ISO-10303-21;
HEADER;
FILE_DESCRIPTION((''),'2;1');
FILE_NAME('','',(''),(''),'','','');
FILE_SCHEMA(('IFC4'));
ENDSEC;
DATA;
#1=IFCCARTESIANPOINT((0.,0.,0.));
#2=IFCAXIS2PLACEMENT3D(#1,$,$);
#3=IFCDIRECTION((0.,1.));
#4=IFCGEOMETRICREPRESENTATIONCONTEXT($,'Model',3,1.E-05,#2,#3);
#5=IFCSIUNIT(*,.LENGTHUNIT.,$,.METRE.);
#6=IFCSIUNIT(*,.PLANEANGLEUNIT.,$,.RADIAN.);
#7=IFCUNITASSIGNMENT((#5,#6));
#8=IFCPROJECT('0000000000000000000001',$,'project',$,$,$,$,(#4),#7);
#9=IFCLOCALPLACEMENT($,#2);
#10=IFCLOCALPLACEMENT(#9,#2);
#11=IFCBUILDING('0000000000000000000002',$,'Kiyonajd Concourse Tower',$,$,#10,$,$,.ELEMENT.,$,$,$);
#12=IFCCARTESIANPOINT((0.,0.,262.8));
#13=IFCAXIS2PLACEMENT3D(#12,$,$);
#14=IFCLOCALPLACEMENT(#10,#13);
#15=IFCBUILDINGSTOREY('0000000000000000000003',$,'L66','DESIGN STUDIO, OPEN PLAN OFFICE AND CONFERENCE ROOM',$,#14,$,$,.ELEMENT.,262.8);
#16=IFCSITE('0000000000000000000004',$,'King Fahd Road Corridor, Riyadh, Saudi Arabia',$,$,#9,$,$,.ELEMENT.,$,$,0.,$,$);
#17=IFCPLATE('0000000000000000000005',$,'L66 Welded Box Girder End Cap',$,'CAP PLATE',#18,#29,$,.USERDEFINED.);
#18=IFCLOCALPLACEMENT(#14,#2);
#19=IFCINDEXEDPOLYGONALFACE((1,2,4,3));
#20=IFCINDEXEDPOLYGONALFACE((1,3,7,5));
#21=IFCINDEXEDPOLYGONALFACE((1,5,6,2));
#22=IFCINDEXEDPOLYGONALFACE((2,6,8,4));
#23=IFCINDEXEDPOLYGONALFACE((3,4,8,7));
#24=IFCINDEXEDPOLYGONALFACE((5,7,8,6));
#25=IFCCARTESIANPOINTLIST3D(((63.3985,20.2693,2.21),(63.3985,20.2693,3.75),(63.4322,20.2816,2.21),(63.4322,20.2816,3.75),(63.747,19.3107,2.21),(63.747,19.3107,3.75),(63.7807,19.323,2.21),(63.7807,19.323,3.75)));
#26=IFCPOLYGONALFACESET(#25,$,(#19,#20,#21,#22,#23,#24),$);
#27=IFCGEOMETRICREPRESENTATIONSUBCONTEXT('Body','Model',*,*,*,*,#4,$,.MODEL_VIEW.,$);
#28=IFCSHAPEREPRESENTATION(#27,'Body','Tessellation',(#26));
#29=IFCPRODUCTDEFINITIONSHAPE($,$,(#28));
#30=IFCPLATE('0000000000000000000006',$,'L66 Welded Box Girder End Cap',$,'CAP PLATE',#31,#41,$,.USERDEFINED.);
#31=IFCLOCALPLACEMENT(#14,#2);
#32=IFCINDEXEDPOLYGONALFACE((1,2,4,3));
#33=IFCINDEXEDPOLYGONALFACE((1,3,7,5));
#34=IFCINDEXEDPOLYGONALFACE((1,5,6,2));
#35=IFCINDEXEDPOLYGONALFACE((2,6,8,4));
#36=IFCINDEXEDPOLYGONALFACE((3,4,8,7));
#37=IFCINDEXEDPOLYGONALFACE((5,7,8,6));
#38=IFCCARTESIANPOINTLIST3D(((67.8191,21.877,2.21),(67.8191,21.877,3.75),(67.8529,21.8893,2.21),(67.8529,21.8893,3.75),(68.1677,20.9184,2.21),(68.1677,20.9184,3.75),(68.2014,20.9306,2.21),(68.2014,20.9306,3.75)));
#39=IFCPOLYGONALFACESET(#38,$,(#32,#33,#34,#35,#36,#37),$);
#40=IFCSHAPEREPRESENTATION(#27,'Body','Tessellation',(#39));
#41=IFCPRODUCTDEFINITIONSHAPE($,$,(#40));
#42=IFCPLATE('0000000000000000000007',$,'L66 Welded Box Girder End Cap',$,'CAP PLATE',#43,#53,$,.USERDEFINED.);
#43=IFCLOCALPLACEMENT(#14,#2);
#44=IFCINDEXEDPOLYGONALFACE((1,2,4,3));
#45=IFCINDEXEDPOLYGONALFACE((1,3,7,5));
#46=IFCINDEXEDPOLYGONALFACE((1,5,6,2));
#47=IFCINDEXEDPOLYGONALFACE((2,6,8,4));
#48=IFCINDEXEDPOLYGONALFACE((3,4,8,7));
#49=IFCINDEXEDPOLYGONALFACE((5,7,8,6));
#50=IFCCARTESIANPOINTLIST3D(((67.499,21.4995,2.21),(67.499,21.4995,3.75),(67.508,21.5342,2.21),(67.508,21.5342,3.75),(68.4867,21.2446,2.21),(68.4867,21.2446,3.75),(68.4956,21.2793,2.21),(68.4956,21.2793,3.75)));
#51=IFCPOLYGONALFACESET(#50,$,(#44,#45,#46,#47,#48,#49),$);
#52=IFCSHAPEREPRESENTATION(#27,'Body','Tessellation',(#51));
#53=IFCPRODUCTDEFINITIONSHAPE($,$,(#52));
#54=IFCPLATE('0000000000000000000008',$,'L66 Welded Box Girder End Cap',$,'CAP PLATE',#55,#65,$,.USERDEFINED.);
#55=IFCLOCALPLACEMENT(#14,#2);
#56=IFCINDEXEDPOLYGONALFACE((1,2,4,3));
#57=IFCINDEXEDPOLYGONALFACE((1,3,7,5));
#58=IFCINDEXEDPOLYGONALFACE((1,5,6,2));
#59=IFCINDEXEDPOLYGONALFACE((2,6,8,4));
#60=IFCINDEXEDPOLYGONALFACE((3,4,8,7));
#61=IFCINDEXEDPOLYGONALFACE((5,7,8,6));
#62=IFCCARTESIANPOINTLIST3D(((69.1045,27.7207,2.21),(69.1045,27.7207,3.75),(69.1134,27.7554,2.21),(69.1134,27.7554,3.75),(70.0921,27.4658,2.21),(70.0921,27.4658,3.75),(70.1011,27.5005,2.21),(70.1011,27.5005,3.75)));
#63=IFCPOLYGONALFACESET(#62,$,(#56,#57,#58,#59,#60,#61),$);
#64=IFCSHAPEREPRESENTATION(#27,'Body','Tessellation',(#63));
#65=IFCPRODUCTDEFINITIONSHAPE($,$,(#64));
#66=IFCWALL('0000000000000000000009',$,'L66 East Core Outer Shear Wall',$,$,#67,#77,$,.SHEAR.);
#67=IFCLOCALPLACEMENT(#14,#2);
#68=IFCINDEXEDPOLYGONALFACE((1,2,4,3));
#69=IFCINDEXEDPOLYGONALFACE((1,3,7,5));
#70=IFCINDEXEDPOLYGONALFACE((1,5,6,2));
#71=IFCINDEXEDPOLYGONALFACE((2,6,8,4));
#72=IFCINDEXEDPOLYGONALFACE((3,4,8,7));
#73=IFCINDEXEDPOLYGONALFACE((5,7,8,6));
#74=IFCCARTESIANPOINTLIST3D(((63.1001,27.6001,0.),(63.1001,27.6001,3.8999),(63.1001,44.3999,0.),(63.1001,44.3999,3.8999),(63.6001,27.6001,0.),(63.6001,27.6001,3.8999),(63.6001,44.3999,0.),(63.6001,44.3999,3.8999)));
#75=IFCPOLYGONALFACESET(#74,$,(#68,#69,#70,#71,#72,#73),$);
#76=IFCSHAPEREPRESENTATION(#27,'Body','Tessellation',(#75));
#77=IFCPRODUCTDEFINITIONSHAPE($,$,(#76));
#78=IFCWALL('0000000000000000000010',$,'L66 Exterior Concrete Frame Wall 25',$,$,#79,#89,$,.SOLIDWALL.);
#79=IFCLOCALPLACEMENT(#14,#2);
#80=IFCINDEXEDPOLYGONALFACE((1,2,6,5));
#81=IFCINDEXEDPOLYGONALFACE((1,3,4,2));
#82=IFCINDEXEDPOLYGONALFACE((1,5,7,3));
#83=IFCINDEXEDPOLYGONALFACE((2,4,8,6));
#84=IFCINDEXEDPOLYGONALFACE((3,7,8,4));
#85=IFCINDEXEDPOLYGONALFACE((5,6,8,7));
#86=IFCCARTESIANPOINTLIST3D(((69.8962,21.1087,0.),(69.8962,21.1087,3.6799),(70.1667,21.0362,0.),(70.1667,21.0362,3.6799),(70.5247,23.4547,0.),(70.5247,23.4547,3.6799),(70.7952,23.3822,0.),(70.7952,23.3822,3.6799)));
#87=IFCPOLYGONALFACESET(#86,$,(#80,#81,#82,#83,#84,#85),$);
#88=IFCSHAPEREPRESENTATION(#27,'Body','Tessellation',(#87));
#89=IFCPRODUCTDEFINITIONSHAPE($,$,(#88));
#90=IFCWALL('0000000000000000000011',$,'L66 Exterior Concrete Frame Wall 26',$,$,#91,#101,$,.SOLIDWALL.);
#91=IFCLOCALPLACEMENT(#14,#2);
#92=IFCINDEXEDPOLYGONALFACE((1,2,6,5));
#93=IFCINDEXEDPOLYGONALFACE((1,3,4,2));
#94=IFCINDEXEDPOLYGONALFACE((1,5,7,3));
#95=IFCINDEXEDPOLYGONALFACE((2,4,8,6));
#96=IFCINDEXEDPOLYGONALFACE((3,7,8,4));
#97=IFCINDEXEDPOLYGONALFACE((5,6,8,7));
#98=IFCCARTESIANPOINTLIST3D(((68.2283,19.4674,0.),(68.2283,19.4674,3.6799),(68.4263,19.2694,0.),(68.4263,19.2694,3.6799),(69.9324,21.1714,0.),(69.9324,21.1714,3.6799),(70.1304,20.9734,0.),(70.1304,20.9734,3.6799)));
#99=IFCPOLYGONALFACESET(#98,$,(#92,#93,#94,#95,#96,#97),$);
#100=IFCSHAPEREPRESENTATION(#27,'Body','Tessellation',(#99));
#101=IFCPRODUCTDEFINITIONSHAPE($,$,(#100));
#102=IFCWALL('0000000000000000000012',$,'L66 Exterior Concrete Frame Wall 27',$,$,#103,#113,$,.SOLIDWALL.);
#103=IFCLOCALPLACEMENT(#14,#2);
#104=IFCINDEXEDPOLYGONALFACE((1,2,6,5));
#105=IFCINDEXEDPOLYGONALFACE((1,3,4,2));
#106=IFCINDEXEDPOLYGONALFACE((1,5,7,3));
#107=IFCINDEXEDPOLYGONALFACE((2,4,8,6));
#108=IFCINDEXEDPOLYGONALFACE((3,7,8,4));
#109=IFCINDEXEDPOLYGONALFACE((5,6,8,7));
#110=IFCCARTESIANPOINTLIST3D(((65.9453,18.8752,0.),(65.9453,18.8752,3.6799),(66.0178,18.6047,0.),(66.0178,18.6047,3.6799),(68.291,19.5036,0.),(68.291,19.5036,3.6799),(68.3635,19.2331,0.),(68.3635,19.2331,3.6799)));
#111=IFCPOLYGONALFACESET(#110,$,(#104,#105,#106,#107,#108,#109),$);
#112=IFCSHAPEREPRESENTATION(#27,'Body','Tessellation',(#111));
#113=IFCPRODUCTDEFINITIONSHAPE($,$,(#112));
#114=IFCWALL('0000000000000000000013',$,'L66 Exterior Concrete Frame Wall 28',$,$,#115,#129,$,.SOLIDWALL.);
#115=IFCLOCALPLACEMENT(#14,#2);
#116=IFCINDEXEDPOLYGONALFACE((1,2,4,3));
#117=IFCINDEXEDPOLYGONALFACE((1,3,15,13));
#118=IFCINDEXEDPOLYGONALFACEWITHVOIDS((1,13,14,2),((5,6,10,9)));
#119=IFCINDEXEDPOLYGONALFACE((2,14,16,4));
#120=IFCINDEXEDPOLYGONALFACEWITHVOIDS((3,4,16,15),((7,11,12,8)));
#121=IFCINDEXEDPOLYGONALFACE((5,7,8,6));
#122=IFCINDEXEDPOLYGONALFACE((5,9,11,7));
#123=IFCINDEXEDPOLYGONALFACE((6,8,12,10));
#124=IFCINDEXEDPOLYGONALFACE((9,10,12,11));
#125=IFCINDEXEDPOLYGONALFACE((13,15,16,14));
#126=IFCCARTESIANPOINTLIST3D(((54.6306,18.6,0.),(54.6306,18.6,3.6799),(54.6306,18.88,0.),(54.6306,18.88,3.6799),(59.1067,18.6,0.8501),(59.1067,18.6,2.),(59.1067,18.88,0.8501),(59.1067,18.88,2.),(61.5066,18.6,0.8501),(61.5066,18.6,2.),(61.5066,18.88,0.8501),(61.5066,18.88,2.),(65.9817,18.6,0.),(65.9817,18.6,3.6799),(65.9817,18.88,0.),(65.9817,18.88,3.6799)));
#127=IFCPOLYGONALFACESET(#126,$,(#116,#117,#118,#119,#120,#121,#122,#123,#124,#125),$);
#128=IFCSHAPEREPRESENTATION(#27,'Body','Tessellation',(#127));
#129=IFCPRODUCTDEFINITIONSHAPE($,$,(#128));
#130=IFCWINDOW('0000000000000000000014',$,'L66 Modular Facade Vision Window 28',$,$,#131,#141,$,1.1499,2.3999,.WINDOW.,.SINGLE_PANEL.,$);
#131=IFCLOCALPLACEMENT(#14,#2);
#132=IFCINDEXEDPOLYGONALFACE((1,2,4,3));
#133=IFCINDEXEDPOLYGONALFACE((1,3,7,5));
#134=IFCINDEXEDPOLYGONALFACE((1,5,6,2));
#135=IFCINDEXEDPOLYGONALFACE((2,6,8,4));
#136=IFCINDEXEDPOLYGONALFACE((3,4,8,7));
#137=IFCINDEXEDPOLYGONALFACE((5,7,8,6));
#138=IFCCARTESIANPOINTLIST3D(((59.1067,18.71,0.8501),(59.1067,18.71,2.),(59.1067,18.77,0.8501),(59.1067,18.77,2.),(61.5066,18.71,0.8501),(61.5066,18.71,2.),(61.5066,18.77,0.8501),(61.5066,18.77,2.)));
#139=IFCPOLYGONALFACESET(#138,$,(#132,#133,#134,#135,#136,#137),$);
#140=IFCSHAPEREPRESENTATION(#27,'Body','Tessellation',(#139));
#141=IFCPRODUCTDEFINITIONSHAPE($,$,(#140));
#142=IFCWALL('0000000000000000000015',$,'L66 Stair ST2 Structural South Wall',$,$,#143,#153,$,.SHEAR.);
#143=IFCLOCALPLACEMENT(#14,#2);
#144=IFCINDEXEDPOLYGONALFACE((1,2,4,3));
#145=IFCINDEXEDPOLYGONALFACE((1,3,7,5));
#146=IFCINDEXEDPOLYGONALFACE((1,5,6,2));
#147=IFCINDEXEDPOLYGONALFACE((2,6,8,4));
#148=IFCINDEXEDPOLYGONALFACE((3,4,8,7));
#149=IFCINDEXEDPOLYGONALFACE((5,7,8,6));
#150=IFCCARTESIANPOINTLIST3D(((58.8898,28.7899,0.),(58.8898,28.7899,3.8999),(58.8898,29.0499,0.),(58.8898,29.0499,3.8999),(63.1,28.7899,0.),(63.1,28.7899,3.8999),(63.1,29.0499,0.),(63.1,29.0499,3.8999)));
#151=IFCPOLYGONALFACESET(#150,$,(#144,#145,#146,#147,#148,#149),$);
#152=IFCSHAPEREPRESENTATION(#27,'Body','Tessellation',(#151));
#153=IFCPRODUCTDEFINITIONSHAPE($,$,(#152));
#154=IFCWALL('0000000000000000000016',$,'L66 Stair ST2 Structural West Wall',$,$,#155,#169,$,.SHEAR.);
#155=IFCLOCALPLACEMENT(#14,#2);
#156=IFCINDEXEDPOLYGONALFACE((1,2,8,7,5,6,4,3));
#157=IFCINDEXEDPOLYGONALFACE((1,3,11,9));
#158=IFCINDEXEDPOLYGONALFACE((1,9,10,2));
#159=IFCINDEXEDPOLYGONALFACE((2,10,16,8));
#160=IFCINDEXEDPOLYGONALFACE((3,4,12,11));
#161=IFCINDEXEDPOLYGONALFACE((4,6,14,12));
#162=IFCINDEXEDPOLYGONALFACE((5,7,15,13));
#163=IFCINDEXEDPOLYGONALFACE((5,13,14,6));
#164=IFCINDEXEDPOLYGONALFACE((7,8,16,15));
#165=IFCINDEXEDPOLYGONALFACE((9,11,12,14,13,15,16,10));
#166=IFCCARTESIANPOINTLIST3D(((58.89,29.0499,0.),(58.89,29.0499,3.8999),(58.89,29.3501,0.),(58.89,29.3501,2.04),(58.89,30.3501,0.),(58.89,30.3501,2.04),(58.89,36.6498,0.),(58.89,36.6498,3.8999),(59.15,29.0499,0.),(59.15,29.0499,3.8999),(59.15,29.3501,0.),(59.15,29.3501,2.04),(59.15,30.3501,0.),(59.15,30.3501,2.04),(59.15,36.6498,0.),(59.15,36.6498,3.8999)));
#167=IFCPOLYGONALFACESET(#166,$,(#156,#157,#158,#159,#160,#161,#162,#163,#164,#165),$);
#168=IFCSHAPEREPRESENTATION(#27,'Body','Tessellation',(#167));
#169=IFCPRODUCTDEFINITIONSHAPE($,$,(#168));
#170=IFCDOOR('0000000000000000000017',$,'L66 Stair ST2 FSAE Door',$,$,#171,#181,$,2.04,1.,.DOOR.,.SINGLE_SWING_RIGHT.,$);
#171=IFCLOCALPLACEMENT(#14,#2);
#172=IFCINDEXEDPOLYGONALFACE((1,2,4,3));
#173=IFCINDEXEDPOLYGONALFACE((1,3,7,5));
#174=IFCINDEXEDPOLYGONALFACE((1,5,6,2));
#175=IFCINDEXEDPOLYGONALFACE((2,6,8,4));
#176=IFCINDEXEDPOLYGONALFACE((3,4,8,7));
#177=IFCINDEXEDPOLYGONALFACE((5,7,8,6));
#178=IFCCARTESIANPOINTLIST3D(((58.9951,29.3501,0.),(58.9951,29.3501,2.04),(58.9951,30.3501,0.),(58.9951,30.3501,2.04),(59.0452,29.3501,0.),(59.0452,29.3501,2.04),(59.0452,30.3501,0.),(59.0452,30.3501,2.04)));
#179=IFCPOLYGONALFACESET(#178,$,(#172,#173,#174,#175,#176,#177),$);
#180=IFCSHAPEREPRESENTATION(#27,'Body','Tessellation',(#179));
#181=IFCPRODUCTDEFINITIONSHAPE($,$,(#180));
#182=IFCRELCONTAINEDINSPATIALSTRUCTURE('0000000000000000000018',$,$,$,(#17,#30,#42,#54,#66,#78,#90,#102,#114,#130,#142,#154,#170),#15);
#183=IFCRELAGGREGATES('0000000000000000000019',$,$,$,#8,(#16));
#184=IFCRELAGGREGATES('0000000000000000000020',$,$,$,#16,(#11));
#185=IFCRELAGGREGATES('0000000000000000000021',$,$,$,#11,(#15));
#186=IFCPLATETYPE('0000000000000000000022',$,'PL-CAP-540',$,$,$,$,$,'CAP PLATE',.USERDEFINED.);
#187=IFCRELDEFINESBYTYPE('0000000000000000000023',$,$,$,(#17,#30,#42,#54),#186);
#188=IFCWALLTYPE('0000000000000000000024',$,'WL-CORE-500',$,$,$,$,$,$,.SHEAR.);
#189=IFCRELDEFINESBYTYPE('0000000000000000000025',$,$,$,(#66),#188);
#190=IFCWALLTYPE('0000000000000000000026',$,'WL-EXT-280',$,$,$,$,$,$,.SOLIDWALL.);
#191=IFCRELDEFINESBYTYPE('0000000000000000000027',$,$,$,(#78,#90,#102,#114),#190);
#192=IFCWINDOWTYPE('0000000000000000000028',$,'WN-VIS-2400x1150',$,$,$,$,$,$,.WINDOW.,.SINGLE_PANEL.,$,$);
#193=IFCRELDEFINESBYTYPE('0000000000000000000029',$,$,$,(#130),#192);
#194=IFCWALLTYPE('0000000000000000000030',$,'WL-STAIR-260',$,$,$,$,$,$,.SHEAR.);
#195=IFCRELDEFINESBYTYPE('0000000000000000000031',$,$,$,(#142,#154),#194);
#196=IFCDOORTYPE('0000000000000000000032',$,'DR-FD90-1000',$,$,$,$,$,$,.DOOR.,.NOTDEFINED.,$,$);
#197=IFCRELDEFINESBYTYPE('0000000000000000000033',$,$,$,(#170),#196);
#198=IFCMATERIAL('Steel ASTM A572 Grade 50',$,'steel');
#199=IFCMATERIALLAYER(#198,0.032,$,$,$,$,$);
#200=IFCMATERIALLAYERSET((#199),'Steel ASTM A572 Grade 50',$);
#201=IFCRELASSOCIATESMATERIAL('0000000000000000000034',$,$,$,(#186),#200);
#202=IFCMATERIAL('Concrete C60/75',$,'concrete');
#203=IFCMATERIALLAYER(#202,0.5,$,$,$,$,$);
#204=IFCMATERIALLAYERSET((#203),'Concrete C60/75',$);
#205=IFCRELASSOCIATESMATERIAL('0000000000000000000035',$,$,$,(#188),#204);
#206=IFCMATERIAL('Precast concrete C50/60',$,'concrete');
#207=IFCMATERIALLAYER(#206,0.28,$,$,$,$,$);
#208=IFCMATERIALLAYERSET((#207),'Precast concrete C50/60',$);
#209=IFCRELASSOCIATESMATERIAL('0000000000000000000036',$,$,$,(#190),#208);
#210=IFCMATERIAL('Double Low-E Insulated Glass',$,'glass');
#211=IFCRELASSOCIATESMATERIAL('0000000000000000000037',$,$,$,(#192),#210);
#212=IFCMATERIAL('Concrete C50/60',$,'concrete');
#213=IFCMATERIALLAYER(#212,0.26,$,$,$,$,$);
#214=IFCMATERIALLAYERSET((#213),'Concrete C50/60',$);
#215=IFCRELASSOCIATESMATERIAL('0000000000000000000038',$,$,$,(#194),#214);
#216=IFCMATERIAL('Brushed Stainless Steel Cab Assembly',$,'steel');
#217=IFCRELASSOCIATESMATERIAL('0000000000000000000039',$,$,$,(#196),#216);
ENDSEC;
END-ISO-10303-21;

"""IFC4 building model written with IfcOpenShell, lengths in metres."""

from ifc_helpers import new_model, si_unit, direction, frame, frame_2d, origin, origin_2d, place, context, subcontext, project, spatial, rectangle, extrude, material, layer, layer_set, type_object, element, fill, save


model = new_model("IFC4")

# Units and contexts
model_context = context("Model", 3, precision=1e-05, world=origin(), true_north=direction((0.0, 1.0)))
body_context = subcontext(model_context, "Body", "Model", "MODEL_VIEW")
ifc_project = project(units=[si_unit("LENGTHUNIT", "METRE"), si_unit("PLANEANGLEUNIT", "RADIAN")], contexts=[model_context])

# Site, building, storey
site_placement = place(None, origin())
site = spatial("IfcSite", under=ifc_project, at=site_placement, Name="King Fahd Road Corridor, Riyadh, Saudi Arabia", CompositionType="ELEMENT", RefElevation=0.0)
building_placement = place(site_placement, origin())
building = spatial("IfcBuilding", under=site, at=building_placement, Name="Kiyonajd Concourse Tower", CompositionType="ELEMENT")
storey_placement = place(building_placement, frame((0.0, 0.0, 262.8)))
storey = spatial("IfcBuildingStorey", under=building, at=storey_placement, Name="L66", Description="DESIGN STUDIO, OPEN PLAN OFFICE AND CONFERENCE ROOM", CompositionType="ELEMENT", Elevation=262.8)

# Shared definitions
ifc_material_1 = material(Name="Concrete C60/75", Category="concrete")

# Shared definitions
ifc_material_2 = material(Name="Steel ASTM A572 Grade 50", Category="steel")

# Plates
ifc_layer_1 = layer(ifc_material_2, 0.032)
ifc_layer_set_1 = layer_set([ifc_layer_1], Name="Steel ASTM A572 Grade 50")
plate_type = type_object("IfcPlateType", Name="PL-CAP-540", ElementType="CAP PLATE", PredefinedType="USERDEFINED", material=ifc_layer_set_1)
for number, where, z_axis, x_axis, name in (
    (1, (63.5896, 19.7961, 2.21), (0.0, 0.0, 1.0), (-0.939812, -0.341692, 0.0), "L66 Welded Box Girder End Cap"),
    (2, (68.0103, 21.4038, 2.21), (0.0, 0.0, 1.0), (0.939812, 0.341692, 0.0), "L66 Welded Box Girder End Cap"),
    (3, (67.9973, 21.3894, 2.21), (0.0, 0.0, 1.0), (-0.249873, -0.968279, 0.0), "L66 Welded Box Girder End Cap"),
    (4, (69.6028, 27.6106, 2.21), (0.0, 0.0, 1.0), (0.249873, 0.968279, 0.0), "L66 Welded Box Girder End Cap"),
):
    element("IfcPlate", number, at=place(storey_placement, frame(where, z_axis=z_axis, x_axis=x_axis)), inside=storey, type_object=plate_type, Name=name, ObjectType="CAP PLATE", PredefinedType="USERDEFINED", context=body_context, shape_type="SweptSolid", body=[
        extrude(rectangle(XDim=0.0359, YDim=1.02, at=origin_2d()), origin(), (0.0, 0.0, 1.0), 1.54),
    ])

# Walls
ifc_layer_2 = layer(ifc_material_1, 0.5)
ifc_layer_set_2 = layer_set([ifc_layer_2], Name="Concrete C60/75")
wall_type_1 = type_object("IfcWallType", Name="WL-CORE-500", PredefinedType="SHEAR", material=ifc_layer_set_2)
wall_1_placement = place(storey_placement, frame((63.3501, 27.6001, 0.0), z_axis=(0.0, 0.0, 1.0), x_axis=(0.0, 1.0, 0.0)))
element("IfcWall", 5, at=wall_1_placement, inside=storey, type_object=wall_type_1, Name="L66 East Core Outer Shear Wall", PredefinedType="SHEAR", context=body_context, shape_type="SweptSolid", body=[
    extrude(rectangle(XDim=16.7998, YDim=0.5, at=frame_2d((8.3999, 0.0))), origin(), (0.0, 0.0, 1.0), 3.8999),
])
ifc_material_3 = material(Name="Precast concrete C50/60", Category="concrete")
ifc_layer_3 = layer(ifc_material_3, 0.28)
ifc_layer_set_3 = layer_set([ifc_layer_3], Name="Precast concrete C50/60")
wall_type_2 = type_object("IfcWallType", Name="WL-EXT-280", PredefinedType="SOLIDWALL", material=ifc_layer_set_3)
wall_2_placement = place(storey_placement, frame((70.6599, 23.4185, 0.0), z_axis=(0.0, 0.0, 1.0), x_axis=(-0.258751, -0.965944, 0.0)))
element("IfcWall", 6, at=wall_2_placement, inside=storey, type_object=wall_type_2, Name="L66 Exterior Concrete Frame Wall 25", PredefinedType="SOLIDWALL", context=body_context, shape_type="SweptSolid", body=[
    extrude(rectangle(XDim=2.4287, YDim=0.28, at=frame_2d((1.2144, 0.0))), origin(), (0.0, 0.0, 1.0), 3.6799),
])
wall_3_placement = place(storey_placement, frame((70.0315, 21.0725, 0.0), z_axis=(0.0, 0.0, 1.0), x_axis=(-0.707107, -0.707107, 0.0)))
element("IfcWall", 7, at=wall_3_placement, inside=storey, type_object=wall_type_2, Name="L66 Exterior Concrete Frame Wall 26", PredefinedType="SOLIDWALL", context=body_context, shape_type="SweptSolid", body=[
    extrude(rectangle(XDim=2.4099, YDim=0.28, at=frame_2d((1.2051, 0.0))), origin(), (0.0, 0.0, 1.0), 3.6799),
])
wall_4_placement = place(storey_placement, frame((68.3274, 19.3684, 0.0), z_axis=(0.0, 0.0, 1.0), x_axis=(-0.965937, -0.258776, 0.0)))
element("IfcWall", 8, at=wall_4_placement, inside=storey, type_object=wall_type_2, Name="L66 Exterior Concrete Frame Wall 27", PredefinedType="SOLIDWALL", context=body_context, shape_type="SweptSolid", body=[
    extrude(rectangle(XDim=2.4285, YDim=0.28, at=frame_2d((1.2144, 0.0))), origin(), (0.0, 0.0, 1.0), 3.6799),
])

# Wall, opening, window
wall_5_placement = place(storey_placement, frame((65.9817, 18.74, 0.0), z_axis=(0.0, 0.0, 1.0), x_axis=(-1.0, 0.0, 0.0)))
wall_5 = element("IfcWall", 9, at=wall_5_placement, inside=storey, type_object=wall_type_2, Name="L66 Exterior Concrete Frame Wall 28", PredefinedType="SOLIDWALL", context=body_context, shape_type="SweptSolid", body=[
    extrude(rectangle(XDim=11.3511, YDim=0.28, at=frame_2d((5.6755, 0.0))), origin(), (0.0, 0.0, 1.0), 3.6799),
])
opening_1_placement = place(wall_5_placement, frame((4.4751, 0.0, 0.8501)))
opening_1 = element("IfcOpeningElement", 10, at=opening_1_placement, cuts=wall_5, PredefinedType="OPENING", context=body_context, shape_type="SweptSolid", body=[
    extrude(rectangle(XDim=2.3999, YDim=1.1499, at=frame_2d((1.2, 0.575))), frame((0.0, 0.1499, 0.0), z_axis=(0.0, -1.0, 0.0), x_axis=(1.0, 0.0, 0.0)), (0.0, 0.0, 1.0), 0.3),
])
ifc_material_4 = material(Name="Double Low-E Insulated Glass", Category="glass")
window_type = type_object("IfcWindowType", Name="WN-VIS-2400x1150", PartitioningType="SINGLE_PANEL", PredefinedType="WINDOW", material=ifc_material_4)
window_placement = place(opening_1_placement, origin())
window = element("IfcWindow", 11, at=window_placement, inside=storey, type_object=window_type, Name="L66 Modular Facade Vision Window 28", OverallHeight=1.1499, OverallWidth=2.3999, PartitioningType="SINGLE_PANEL", PredefinedType="WINDOW", context=body_context, shape_type="SweptSolid", body=[
    extrude(rectangle(XDim=2.3999, YDim=1.1499, at=frame_2d((1.2, 0.575))), frame((0.0, 0.03, 0.0), z_axis=(0.0, -1.0, 0.0), x_axis=(1.0, 0.0, 0.0)), (0.0, 0.0, 1.0), 0.0601),
])
fill(opening_1, window)

# Wall
ifc_material_5 = material(Name="Concrete C50/60", Category="concrete")
ifc_layer_4 = layer(ifc_material_5, 0.26)
ifc_layer_set_4 = layer_set([ifc_layer_4], Name="Concrete C50/60")
wall_type_3 = type_object("IfcWallType", Name="WL-STAIR-260", PredefinedType="SHEAR", material=ifc_layer_set_4)
wall_6_placement = place(storey_placement, frame((58.8899, 28.9199, 0.0), z_axis=(0.0, 0.0, 1.0), x_axis=(1.0, 0.0, 0.0)))
element("IfcWall", 12, at=wall_6_placement, inside=storey, type_object=wall_type_3, Name="L66 Stair ST2 Structural South Wall", PredefinedType="SHEAR", context=body_context, shape_type="SweptSolid", body=[
    extrude(rectangle(XDim=4.2102, YDim=0.26, at=frame_2d((2.105, 0.0))), origin(), (0.0, 0.0, 1.0), 3.8999),
])

# Wall, opening, door
wall_7_placement = place(storey_placement, frame((59.02, 29.05, 0.0), z_axis=(0.0, 0.0, 1.0), x_axis=(0.0, 1.0, 0.0)))
wall_7 = element("IfcWall", 13, at=wall_7_placement, inside=storey, type_object=wall_type_3, Name="L66 Stair ST2 Structural West Wall", PredefinedType="SHEAR", context=body_context, shape_type="SweptSolid", body=[
    extrude(rectangle(XDim=7.5999, YDim=0.26, at=frame_2d((3.7998, 0.0))), origin(), (0.0, 0.0, 1.0), 3.8999),
])
opening_2_placement = place(wall_7_placement, frame((0.3, 0.0, 0.0)))
opening_2 = element("IfcOpeningElement", 14, at=opening_2_placement, cuts=wall_7, PredefinedType="OPENING", context=body_context, shape_type="SweptSolid", body=[
    extrude(rectangle(XDim=1.0, YDim=2.04, at=frame_2d((0.5, 1.02))), frame((0.0, 0.1399, 0.0), z_axis=(0.0, -1.0, 0.0), x_axis=(1.0, 0.0, 0.0)), (0.0, 0.0, 1.0), 0.28),
])
ifc_material_6 = material(Name="Brushed Stainless Steel Cab Assembly", Category="steel")
door_type = type_object("IfcDoorType", Name="DR-FD90-1000", OperationType="NOTDEFINED", PredefinedType="DOOR", material=ifc_material_6)
door_placement = place(opening_2_placement, origin())
door = element("IfcDoor", 15, at=door_placement, inside=storey, type_object=door_type, Name="L66 Stair ST2 FSAE Door", OperationType="SINGLE_SWING_RIGHT", OverallHeight=2.04, OverallWidth=1.0, PredefinedType="DOOR", context=body_context, shape_type="SweptSolid", body=[
    extrude(rectangle(XDim=1.0, YDim=2.04, at=frame_2d((0.5, 1.02))), frame((0.0, 0.0249, 0.0), z_axis=(0.0, -1.0, 0.0), x_axis=(1.0, 0.0, 0.0)), (0.0, 0.0, 1.0), 0.05),
])
fill(opening_2, door)

save(model, "model.ifc")
